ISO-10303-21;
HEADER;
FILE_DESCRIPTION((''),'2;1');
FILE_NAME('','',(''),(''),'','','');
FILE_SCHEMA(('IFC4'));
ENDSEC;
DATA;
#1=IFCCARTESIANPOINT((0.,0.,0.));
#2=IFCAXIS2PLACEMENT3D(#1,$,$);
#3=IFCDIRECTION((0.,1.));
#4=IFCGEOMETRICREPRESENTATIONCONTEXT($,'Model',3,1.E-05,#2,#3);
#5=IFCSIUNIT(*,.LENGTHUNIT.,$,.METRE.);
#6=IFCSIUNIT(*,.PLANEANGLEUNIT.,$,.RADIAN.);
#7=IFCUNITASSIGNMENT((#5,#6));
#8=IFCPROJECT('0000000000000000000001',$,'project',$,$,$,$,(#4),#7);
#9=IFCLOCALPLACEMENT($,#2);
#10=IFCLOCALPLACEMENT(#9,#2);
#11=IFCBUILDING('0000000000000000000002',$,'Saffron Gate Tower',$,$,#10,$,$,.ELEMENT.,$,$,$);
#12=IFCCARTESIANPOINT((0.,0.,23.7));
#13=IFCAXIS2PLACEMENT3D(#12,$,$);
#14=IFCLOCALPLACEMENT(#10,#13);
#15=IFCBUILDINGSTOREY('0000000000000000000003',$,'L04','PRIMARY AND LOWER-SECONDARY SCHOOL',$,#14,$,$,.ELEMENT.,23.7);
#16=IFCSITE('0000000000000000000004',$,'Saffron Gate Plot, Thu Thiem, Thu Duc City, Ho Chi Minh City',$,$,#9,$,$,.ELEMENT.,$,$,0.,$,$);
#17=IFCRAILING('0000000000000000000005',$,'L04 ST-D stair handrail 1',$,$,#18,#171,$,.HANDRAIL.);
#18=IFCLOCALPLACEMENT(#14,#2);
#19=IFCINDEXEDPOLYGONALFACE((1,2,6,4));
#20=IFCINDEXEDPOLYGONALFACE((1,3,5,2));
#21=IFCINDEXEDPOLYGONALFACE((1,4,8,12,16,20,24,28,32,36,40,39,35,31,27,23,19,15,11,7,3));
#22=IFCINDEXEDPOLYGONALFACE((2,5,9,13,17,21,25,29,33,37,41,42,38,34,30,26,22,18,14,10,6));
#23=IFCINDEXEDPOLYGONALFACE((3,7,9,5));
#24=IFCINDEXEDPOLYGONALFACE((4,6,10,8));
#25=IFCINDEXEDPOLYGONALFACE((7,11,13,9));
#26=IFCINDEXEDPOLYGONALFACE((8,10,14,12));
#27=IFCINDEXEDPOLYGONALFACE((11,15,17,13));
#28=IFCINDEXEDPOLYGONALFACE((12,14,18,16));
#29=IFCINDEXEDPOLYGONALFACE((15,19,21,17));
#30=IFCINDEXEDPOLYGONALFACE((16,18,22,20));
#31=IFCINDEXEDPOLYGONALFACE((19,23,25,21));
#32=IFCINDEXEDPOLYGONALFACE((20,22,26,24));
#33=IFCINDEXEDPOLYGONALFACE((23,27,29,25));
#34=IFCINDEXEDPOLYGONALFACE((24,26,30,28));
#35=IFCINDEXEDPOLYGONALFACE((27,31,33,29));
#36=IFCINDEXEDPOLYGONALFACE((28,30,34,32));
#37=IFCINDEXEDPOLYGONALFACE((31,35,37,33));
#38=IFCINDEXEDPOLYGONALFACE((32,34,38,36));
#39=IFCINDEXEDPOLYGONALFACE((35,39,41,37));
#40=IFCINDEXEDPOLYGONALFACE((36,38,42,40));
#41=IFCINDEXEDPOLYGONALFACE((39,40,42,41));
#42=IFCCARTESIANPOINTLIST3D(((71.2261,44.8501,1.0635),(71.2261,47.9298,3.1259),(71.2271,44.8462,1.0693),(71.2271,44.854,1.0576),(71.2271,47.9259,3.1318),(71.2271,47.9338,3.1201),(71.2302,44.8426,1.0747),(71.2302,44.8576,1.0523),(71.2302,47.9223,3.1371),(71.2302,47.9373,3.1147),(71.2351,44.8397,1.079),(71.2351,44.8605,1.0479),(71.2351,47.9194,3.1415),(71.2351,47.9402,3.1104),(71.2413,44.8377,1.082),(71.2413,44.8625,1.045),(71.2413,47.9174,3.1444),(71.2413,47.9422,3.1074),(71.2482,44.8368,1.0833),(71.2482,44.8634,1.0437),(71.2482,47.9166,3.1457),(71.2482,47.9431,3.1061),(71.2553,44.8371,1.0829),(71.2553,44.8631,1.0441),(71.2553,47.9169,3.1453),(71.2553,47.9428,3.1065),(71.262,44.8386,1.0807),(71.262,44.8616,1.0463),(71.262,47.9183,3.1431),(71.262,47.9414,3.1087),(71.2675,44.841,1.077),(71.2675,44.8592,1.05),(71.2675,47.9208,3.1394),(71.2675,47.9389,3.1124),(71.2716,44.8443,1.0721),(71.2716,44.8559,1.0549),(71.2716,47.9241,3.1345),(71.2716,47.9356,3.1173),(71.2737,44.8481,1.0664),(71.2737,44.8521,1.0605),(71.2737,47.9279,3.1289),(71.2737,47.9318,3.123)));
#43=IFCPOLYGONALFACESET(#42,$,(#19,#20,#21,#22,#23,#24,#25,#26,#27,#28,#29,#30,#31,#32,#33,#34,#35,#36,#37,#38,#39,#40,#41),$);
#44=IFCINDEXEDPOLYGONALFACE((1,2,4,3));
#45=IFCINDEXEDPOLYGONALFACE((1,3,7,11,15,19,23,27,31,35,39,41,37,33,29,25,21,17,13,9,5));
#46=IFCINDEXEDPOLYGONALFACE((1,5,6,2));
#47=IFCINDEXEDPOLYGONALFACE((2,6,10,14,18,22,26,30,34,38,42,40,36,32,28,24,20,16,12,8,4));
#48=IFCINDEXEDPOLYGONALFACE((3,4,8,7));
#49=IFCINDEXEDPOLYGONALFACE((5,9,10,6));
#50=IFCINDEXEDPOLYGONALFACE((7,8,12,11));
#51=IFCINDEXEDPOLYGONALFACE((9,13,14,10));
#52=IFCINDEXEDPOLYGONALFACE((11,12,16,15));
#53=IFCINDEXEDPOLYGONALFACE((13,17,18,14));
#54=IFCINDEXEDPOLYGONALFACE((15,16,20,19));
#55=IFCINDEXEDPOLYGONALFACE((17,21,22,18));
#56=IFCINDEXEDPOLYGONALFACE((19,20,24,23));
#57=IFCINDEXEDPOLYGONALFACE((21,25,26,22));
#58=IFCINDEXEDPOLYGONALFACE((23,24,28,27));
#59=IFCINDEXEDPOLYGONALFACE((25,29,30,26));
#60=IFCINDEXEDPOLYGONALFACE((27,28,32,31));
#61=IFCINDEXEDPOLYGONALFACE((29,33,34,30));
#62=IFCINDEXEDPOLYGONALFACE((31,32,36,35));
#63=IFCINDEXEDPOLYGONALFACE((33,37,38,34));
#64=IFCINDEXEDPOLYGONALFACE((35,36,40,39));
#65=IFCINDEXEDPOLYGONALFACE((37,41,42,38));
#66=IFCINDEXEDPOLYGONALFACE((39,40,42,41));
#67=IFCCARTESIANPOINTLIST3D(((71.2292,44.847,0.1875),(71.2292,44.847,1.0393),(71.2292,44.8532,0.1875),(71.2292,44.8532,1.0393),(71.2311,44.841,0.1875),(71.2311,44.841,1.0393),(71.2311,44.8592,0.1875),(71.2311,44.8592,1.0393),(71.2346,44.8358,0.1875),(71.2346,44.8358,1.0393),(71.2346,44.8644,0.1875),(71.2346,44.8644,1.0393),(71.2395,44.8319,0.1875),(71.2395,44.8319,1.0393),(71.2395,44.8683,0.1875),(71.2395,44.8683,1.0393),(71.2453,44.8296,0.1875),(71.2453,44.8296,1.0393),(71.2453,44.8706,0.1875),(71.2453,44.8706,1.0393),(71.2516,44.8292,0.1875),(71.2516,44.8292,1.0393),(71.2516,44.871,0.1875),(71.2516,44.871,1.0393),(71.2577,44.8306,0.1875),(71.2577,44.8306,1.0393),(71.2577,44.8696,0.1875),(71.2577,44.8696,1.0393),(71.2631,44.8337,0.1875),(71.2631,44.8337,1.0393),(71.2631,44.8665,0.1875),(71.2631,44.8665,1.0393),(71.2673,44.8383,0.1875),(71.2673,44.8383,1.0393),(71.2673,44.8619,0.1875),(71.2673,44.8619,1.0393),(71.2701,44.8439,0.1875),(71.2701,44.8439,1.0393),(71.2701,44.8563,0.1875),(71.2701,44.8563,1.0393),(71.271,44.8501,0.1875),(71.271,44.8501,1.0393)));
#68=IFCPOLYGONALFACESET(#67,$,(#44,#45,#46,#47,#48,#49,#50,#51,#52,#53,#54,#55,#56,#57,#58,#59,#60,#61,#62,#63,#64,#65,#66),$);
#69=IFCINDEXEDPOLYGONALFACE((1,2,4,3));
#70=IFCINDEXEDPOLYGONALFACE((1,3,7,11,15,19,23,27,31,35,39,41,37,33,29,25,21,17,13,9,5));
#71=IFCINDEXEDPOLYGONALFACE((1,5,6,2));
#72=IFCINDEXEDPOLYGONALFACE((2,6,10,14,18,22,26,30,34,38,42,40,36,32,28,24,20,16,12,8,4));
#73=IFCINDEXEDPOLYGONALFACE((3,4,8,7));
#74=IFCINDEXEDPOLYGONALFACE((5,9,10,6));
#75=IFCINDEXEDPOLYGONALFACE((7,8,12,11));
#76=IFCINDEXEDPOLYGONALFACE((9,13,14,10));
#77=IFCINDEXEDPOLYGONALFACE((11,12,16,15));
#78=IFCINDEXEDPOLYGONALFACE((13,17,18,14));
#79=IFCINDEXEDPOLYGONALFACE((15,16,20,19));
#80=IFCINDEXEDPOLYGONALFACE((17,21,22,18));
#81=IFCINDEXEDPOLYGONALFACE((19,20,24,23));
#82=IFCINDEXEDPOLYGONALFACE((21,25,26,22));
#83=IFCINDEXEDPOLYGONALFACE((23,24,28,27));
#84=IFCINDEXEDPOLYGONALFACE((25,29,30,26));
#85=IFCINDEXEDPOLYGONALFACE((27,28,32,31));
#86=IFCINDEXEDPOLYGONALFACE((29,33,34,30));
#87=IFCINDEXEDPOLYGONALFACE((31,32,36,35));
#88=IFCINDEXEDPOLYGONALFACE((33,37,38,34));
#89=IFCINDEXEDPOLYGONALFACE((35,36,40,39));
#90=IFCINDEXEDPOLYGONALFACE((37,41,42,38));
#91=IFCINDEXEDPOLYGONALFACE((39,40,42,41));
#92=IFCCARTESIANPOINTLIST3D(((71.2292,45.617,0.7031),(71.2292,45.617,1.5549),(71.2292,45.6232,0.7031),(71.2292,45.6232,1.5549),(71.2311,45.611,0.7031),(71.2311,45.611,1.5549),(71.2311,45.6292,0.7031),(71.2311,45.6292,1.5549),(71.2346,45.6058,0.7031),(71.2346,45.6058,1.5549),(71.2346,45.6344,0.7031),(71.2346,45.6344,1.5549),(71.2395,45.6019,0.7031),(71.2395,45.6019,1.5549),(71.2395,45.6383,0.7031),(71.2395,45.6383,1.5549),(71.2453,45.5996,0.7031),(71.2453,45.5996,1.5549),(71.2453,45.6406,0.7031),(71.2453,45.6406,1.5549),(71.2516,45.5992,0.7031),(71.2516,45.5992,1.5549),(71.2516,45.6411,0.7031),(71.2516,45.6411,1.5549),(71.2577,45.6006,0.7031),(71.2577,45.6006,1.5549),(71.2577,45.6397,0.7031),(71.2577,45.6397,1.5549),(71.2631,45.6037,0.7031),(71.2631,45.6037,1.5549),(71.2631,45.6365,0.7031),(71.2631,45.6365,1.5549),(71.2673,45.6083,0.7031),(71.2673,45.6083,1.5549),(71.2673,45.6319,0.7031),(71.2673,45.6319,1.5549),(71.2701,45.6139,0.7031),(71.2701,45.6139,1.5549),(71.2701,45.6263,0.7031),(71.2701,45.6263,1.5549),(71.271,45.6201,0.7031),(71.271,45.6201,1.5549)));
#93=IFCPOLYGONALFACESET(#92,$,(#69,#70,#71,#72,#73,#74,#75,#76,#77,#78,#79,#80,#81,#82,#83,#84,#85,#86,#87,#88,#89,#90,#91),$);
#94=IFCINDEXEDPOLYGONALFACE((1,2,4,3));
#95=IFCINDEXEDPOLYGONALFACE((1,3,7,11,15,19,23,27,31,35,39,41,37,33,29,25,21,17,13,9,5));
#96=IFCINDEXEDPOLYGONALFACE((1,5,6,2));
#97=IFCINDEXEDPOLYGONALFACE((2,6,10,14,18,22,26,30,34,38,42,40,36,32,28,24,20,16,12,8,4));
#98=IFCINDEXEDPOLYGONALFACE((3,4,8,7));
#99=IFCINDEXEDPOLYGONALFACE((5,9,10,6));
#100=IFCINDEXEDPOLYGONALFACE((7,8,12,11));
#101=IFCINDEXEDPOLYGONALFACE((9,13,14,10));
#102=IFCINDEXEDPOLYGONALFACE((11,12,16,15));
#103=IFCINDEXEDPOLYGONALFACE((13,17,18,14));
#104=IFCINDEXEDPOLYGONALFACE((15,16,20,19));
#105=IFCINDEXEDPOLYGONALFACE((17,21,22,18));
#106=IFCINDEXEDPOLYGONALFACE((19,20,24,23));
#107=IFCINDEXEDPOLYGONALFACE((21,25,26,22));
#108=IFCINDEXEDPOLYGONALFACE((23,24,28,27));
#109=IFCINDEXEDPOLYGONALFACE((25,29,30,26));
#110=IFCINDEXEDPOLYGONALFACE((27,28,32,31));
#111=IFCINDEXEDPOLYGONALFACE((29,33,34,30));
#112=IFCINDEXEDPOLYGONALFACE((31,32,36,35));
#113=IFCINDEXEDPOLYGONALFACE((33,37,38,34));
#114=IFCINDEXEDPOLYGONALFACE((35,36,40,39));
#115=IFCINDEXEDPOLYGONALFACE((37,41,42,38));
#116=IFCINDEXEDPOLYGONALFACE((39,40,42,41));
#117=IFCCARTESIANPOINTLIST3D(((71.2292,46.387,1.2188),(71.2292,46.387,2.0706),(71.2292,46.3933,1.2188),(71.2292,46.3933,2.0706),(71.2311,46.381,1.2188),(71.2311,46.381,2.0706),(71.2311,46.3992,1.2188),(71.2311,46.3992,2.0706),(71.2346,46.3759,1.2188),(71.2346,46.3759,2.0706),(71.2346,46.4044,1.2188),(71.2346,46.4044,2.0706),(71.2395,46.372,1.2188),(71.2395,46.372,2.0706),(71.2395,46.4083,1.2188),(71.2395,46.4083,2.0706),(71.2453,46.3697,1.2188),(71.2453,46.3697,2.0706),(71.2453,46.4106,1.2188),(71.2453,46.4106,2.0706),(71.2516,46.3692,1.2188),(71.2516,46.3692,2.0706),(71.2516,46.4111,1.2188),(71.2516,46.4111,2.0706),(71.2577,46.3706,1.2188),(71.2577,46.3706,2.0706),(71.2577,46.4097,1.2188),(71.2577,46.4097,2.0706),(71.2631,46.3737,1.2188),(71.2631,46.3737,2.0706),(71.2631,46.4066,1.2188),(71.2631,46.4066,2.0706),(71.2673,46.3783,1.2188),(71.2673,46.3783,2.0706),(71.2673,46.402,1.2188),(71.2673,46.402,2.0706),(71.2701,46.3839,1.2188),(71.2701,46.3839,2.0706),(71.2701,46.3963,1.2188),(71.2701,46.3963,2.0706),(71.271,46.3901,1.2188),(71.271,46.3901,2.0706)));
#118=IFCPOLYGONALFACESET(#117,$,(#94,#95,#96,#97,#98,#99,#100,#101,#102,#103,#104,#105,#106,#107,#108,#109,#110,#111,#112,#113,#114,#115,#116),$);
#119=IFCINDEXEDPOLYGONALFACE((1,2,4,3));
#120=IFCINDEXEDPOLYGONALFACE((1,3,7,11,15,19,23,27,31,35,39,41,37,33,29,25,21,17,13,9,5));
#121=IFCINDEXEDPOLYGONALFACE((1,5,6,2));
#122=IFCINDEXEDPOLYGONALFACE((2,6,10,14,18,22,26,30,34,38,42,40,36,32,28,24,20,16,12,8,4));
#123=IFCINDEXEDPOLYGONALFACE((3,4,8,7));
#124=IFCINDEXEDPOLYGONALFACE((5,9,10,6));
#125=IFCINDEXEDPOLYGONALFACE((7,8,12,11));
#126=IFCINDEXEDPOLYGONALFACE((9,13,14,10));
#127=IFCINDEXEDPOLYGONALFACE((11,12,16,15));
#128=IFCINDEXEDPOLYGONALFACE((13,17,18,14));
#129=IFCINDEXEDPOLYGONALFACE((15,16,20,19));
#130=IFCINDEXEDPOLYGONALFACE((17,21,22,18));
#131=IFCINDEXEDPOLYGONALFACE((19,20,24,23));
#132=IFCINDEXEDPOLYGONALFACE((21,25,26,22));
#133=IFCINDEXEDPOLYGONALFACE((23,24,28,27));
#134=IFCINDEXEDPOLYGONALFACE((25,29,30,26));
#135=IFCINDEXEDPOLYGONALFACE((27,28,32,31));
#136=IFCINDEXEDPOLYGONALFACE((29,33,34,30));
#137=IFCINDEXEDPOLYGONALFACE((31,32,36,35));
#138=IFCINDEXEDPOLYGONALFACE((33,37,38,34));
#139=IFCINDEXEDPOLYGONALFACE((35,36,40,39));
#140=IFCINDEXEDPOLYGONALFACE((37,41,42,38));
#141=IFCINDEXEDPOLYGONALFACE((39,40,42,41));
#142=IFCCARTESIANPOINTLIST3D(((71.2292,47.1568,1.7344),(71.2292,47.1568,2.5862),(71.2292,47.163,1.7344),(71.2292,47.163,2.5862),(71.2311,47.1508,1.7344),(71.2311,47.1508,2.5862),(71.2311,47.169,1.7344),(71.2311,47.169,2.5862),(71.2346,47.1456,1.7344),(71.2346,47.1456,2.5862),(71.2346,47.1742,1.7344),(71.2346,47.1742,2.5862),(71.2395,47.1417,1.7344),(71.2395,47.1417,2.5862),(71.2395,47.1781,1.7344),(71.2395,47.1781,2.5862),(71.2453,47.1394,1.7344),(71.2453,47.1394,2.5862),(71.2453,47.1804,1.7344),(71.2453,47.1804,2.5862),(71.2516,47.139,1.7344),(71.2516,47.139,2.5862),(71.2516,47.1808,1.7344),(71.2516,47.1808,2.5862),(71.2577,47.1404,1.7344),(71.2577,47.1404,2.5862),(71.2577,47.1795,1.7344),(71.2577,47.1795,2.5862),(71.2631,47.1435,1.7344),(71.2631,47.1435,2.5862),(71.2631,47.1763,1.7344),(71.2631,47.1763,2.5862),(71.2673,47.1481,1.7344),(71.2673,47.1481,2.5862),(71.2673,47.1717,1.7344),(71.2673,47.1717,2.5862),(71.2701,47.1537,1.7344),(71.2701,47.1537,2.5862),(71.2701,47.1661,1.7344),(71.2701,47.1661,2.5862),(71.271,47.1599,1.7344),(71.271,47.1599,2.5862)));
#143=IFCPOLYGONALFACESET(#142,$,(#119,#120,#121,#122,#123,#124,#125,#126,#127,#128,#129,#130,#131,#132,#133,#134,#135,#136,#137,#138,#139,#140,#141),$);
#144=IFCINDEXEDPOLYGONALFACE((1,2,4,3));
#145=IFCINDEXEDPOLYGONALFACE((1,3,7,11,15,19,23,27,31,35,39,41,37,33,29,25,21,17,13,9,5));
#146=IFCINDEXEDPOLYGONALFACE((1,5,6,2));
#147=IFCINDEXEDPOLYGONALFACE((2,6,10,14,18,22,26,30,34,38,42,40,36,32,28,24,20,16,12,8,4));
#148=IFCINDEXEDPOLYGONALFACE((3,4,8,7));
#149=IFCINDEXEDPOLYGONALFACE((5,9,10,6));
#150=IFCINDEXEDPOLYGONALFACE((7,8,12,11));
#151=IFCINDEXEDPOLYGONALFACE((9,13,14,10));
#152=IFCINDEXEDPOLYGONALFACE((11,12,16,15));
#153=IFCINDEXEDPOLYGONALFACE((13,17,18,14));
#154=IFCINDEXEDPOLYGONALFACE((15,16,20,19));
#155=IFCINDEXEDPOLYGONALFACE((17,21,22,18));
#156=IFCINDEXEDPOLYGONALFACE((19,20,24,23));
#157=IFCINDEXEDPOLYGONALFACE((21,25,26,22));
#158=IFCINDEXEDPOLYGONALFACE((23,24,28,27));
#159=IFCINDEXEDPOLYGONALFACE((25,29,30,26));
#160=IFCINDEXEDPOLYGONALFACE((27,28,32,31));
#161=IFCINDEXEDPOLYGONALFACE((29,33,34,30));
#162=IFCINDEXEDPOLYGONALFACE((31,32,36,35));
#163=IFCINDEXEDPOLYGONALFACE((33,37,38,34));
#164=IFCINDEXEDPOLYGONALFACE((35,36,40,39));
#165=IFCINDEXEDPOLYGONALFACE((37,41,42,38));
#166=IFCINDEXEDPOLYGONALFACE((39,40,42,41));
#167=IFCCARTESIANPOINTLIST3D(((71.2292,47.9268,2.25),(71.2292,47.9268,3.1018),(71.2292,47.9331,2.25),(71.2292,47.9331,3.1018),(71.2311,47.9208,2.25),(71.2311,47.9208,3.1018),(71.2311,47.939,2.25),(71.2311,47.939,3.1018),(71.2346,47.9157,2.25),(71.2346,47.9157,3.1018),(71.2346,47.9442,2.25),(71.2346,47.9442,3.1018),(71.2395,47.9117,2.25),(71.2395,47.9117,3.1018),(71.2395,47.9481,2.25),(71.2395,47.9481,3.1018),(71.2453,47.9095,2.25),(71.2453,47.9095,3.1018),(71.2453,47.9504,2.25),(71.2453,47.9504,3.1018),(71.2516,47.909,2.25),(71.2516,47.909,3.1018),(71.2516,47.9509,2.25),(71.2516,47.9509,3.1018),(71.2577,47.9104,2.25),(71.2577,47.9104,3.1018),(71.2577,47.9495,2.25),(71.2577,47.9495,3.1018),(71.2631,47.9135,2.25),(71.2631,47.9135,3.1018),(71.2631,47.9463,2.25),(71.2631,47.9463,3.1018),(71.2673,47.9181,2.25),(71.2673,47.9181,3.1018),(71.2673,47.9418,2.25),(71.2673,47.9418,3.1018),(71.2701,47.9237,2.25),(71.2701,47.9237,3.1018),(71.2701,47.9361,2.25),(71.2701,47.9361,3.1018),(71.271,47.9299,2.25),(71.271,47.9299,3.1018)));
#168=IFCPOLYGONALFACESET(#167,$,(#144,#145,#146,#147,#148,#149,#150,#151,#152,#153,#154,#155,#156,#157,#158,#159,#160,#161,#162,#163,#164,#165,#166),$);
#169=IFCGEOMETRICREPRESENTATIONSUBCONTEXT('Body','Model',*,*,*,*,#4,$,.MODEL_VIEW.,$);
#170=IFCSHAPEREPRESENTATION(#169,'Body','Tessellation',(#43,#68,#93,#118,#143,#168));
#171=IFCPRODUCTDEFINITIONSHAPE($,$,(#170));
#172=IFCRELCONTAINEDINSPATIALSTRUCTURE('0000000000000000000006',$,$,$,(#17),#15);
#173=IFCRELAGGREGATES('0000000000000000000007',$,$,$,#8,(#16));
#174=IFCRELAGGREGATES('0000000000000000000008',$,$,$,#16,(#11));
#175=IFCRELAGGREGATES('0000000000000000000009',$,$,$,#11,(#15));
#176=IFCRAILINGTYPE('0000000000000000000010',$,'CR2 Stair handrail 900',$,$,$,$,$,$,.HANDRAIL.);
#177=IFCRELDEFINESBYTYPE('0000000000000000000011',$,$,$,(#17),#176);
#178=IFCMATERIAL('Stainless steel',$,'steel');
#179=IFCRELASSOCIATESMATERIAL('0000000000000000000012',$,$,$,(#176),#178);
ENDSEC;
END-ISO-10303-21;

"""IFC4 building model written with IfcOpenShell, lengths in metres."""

from ifc_helpers import new_model, si_unit, direction, frame, origin, origin_2d, place, context, subcontext, project, spatial, circle, extrude, material, type_object, element, save


model = new_model("IFC4")

# Units and contexts
model_context = context("Model", 3, precision=1e-05, world=origin(), true_north=direction((0.0, 1.0)))
body_context = subcontext(model_context, "Body", "Model", "MODEL_VIEW")
ifc_project = project(units=[si_unit("LENGTHUNIT", "METRE"), si_unit("PLANEANGLEUNIT", "RADIAN")], contexts=[model_context])

# Site, building, storey
site_placement = place(None, origin())
site = spatial("IfcSite", under=ifc_project, at=site_placement, Name="Saffron Gate Plot, Thu Thiem, Thu Duc City, Ho Chi Minh City", CompositionType="ELEMENT", RefElevation=0.0)
building_placement = place(site_placement, origin())
building = spatial("IfcBuilding", under=site, at=building_placement, Name="Saffron Gate Tower", CompositionType="ELEMENT")
storey_placement = place(building_placement, frame((0.0, 0.0, 23.7)))
storey = spatial("IfcBuildingStorey", under=building, at=storey_placement, Name="L04", Description="PRIMARY AND LOWER-SECONDARY SCHOOL", CompositionType="ELEMENT", Elevation=23.7)

# Railing
ifc_material_1 = material(Name="Stainless steel", Category="steel")
railing_type_1 = type_object("IfcRailingType", Name="CR2 Stair handrail 900", PredefinedType="HANDRAIL", material=ifc_material_1)
railing_1_placement = place(storey_placement, frame((71.25, 44.8501, 0.1875)))
element("IfcRailing", 1, at=railing_1_placement, inside=storey, type_object=railing_type_1, Name="L04 ST-D stair handrail 1", PredefinedType="HANDRAIL", context=body_context, shape_type="SweptSolid", body=[
    extrude(circle(Radius=0.0239, at=origin_2d()), frame((0.0, 0.0, 0.876), z_axis=(0.0, 0.830893, 0.556432), x_axis=(-1.0, 0.0, 0.0)), (0.0, 0.0, 1.0), 3.7065),
    extrude(circle(Radius=0.021, at=origin_2d()), origin(), (0.0, 0.0, 1.0), 0.8518),
    extrude(circle(Radius=0.021, at=origin_2d()), frame((0.0, 0.77, 0.5156)), (0.0, 0.0, 1.0), 0.8518),
    extrude(circle(Radius=0.021, at=origin_2d()), frame((0.0, 1.54, 1.0312)), (0.0, 0.0, 1.0), 0.8518),
    extrude(circle(Radius=0.021, at=origin_2d()), frame((0.0, 2.3098, 1.5469)), (0.0, 0.0, 1.0), 0.8518),
    extrude(circle(Radius=0.021, at=origin_2d()), frame((0.0, 3.0798, 2.0625)), (0.0, 0.0, 1.0), 0.8518),
])

save(model, "model.ifc")
